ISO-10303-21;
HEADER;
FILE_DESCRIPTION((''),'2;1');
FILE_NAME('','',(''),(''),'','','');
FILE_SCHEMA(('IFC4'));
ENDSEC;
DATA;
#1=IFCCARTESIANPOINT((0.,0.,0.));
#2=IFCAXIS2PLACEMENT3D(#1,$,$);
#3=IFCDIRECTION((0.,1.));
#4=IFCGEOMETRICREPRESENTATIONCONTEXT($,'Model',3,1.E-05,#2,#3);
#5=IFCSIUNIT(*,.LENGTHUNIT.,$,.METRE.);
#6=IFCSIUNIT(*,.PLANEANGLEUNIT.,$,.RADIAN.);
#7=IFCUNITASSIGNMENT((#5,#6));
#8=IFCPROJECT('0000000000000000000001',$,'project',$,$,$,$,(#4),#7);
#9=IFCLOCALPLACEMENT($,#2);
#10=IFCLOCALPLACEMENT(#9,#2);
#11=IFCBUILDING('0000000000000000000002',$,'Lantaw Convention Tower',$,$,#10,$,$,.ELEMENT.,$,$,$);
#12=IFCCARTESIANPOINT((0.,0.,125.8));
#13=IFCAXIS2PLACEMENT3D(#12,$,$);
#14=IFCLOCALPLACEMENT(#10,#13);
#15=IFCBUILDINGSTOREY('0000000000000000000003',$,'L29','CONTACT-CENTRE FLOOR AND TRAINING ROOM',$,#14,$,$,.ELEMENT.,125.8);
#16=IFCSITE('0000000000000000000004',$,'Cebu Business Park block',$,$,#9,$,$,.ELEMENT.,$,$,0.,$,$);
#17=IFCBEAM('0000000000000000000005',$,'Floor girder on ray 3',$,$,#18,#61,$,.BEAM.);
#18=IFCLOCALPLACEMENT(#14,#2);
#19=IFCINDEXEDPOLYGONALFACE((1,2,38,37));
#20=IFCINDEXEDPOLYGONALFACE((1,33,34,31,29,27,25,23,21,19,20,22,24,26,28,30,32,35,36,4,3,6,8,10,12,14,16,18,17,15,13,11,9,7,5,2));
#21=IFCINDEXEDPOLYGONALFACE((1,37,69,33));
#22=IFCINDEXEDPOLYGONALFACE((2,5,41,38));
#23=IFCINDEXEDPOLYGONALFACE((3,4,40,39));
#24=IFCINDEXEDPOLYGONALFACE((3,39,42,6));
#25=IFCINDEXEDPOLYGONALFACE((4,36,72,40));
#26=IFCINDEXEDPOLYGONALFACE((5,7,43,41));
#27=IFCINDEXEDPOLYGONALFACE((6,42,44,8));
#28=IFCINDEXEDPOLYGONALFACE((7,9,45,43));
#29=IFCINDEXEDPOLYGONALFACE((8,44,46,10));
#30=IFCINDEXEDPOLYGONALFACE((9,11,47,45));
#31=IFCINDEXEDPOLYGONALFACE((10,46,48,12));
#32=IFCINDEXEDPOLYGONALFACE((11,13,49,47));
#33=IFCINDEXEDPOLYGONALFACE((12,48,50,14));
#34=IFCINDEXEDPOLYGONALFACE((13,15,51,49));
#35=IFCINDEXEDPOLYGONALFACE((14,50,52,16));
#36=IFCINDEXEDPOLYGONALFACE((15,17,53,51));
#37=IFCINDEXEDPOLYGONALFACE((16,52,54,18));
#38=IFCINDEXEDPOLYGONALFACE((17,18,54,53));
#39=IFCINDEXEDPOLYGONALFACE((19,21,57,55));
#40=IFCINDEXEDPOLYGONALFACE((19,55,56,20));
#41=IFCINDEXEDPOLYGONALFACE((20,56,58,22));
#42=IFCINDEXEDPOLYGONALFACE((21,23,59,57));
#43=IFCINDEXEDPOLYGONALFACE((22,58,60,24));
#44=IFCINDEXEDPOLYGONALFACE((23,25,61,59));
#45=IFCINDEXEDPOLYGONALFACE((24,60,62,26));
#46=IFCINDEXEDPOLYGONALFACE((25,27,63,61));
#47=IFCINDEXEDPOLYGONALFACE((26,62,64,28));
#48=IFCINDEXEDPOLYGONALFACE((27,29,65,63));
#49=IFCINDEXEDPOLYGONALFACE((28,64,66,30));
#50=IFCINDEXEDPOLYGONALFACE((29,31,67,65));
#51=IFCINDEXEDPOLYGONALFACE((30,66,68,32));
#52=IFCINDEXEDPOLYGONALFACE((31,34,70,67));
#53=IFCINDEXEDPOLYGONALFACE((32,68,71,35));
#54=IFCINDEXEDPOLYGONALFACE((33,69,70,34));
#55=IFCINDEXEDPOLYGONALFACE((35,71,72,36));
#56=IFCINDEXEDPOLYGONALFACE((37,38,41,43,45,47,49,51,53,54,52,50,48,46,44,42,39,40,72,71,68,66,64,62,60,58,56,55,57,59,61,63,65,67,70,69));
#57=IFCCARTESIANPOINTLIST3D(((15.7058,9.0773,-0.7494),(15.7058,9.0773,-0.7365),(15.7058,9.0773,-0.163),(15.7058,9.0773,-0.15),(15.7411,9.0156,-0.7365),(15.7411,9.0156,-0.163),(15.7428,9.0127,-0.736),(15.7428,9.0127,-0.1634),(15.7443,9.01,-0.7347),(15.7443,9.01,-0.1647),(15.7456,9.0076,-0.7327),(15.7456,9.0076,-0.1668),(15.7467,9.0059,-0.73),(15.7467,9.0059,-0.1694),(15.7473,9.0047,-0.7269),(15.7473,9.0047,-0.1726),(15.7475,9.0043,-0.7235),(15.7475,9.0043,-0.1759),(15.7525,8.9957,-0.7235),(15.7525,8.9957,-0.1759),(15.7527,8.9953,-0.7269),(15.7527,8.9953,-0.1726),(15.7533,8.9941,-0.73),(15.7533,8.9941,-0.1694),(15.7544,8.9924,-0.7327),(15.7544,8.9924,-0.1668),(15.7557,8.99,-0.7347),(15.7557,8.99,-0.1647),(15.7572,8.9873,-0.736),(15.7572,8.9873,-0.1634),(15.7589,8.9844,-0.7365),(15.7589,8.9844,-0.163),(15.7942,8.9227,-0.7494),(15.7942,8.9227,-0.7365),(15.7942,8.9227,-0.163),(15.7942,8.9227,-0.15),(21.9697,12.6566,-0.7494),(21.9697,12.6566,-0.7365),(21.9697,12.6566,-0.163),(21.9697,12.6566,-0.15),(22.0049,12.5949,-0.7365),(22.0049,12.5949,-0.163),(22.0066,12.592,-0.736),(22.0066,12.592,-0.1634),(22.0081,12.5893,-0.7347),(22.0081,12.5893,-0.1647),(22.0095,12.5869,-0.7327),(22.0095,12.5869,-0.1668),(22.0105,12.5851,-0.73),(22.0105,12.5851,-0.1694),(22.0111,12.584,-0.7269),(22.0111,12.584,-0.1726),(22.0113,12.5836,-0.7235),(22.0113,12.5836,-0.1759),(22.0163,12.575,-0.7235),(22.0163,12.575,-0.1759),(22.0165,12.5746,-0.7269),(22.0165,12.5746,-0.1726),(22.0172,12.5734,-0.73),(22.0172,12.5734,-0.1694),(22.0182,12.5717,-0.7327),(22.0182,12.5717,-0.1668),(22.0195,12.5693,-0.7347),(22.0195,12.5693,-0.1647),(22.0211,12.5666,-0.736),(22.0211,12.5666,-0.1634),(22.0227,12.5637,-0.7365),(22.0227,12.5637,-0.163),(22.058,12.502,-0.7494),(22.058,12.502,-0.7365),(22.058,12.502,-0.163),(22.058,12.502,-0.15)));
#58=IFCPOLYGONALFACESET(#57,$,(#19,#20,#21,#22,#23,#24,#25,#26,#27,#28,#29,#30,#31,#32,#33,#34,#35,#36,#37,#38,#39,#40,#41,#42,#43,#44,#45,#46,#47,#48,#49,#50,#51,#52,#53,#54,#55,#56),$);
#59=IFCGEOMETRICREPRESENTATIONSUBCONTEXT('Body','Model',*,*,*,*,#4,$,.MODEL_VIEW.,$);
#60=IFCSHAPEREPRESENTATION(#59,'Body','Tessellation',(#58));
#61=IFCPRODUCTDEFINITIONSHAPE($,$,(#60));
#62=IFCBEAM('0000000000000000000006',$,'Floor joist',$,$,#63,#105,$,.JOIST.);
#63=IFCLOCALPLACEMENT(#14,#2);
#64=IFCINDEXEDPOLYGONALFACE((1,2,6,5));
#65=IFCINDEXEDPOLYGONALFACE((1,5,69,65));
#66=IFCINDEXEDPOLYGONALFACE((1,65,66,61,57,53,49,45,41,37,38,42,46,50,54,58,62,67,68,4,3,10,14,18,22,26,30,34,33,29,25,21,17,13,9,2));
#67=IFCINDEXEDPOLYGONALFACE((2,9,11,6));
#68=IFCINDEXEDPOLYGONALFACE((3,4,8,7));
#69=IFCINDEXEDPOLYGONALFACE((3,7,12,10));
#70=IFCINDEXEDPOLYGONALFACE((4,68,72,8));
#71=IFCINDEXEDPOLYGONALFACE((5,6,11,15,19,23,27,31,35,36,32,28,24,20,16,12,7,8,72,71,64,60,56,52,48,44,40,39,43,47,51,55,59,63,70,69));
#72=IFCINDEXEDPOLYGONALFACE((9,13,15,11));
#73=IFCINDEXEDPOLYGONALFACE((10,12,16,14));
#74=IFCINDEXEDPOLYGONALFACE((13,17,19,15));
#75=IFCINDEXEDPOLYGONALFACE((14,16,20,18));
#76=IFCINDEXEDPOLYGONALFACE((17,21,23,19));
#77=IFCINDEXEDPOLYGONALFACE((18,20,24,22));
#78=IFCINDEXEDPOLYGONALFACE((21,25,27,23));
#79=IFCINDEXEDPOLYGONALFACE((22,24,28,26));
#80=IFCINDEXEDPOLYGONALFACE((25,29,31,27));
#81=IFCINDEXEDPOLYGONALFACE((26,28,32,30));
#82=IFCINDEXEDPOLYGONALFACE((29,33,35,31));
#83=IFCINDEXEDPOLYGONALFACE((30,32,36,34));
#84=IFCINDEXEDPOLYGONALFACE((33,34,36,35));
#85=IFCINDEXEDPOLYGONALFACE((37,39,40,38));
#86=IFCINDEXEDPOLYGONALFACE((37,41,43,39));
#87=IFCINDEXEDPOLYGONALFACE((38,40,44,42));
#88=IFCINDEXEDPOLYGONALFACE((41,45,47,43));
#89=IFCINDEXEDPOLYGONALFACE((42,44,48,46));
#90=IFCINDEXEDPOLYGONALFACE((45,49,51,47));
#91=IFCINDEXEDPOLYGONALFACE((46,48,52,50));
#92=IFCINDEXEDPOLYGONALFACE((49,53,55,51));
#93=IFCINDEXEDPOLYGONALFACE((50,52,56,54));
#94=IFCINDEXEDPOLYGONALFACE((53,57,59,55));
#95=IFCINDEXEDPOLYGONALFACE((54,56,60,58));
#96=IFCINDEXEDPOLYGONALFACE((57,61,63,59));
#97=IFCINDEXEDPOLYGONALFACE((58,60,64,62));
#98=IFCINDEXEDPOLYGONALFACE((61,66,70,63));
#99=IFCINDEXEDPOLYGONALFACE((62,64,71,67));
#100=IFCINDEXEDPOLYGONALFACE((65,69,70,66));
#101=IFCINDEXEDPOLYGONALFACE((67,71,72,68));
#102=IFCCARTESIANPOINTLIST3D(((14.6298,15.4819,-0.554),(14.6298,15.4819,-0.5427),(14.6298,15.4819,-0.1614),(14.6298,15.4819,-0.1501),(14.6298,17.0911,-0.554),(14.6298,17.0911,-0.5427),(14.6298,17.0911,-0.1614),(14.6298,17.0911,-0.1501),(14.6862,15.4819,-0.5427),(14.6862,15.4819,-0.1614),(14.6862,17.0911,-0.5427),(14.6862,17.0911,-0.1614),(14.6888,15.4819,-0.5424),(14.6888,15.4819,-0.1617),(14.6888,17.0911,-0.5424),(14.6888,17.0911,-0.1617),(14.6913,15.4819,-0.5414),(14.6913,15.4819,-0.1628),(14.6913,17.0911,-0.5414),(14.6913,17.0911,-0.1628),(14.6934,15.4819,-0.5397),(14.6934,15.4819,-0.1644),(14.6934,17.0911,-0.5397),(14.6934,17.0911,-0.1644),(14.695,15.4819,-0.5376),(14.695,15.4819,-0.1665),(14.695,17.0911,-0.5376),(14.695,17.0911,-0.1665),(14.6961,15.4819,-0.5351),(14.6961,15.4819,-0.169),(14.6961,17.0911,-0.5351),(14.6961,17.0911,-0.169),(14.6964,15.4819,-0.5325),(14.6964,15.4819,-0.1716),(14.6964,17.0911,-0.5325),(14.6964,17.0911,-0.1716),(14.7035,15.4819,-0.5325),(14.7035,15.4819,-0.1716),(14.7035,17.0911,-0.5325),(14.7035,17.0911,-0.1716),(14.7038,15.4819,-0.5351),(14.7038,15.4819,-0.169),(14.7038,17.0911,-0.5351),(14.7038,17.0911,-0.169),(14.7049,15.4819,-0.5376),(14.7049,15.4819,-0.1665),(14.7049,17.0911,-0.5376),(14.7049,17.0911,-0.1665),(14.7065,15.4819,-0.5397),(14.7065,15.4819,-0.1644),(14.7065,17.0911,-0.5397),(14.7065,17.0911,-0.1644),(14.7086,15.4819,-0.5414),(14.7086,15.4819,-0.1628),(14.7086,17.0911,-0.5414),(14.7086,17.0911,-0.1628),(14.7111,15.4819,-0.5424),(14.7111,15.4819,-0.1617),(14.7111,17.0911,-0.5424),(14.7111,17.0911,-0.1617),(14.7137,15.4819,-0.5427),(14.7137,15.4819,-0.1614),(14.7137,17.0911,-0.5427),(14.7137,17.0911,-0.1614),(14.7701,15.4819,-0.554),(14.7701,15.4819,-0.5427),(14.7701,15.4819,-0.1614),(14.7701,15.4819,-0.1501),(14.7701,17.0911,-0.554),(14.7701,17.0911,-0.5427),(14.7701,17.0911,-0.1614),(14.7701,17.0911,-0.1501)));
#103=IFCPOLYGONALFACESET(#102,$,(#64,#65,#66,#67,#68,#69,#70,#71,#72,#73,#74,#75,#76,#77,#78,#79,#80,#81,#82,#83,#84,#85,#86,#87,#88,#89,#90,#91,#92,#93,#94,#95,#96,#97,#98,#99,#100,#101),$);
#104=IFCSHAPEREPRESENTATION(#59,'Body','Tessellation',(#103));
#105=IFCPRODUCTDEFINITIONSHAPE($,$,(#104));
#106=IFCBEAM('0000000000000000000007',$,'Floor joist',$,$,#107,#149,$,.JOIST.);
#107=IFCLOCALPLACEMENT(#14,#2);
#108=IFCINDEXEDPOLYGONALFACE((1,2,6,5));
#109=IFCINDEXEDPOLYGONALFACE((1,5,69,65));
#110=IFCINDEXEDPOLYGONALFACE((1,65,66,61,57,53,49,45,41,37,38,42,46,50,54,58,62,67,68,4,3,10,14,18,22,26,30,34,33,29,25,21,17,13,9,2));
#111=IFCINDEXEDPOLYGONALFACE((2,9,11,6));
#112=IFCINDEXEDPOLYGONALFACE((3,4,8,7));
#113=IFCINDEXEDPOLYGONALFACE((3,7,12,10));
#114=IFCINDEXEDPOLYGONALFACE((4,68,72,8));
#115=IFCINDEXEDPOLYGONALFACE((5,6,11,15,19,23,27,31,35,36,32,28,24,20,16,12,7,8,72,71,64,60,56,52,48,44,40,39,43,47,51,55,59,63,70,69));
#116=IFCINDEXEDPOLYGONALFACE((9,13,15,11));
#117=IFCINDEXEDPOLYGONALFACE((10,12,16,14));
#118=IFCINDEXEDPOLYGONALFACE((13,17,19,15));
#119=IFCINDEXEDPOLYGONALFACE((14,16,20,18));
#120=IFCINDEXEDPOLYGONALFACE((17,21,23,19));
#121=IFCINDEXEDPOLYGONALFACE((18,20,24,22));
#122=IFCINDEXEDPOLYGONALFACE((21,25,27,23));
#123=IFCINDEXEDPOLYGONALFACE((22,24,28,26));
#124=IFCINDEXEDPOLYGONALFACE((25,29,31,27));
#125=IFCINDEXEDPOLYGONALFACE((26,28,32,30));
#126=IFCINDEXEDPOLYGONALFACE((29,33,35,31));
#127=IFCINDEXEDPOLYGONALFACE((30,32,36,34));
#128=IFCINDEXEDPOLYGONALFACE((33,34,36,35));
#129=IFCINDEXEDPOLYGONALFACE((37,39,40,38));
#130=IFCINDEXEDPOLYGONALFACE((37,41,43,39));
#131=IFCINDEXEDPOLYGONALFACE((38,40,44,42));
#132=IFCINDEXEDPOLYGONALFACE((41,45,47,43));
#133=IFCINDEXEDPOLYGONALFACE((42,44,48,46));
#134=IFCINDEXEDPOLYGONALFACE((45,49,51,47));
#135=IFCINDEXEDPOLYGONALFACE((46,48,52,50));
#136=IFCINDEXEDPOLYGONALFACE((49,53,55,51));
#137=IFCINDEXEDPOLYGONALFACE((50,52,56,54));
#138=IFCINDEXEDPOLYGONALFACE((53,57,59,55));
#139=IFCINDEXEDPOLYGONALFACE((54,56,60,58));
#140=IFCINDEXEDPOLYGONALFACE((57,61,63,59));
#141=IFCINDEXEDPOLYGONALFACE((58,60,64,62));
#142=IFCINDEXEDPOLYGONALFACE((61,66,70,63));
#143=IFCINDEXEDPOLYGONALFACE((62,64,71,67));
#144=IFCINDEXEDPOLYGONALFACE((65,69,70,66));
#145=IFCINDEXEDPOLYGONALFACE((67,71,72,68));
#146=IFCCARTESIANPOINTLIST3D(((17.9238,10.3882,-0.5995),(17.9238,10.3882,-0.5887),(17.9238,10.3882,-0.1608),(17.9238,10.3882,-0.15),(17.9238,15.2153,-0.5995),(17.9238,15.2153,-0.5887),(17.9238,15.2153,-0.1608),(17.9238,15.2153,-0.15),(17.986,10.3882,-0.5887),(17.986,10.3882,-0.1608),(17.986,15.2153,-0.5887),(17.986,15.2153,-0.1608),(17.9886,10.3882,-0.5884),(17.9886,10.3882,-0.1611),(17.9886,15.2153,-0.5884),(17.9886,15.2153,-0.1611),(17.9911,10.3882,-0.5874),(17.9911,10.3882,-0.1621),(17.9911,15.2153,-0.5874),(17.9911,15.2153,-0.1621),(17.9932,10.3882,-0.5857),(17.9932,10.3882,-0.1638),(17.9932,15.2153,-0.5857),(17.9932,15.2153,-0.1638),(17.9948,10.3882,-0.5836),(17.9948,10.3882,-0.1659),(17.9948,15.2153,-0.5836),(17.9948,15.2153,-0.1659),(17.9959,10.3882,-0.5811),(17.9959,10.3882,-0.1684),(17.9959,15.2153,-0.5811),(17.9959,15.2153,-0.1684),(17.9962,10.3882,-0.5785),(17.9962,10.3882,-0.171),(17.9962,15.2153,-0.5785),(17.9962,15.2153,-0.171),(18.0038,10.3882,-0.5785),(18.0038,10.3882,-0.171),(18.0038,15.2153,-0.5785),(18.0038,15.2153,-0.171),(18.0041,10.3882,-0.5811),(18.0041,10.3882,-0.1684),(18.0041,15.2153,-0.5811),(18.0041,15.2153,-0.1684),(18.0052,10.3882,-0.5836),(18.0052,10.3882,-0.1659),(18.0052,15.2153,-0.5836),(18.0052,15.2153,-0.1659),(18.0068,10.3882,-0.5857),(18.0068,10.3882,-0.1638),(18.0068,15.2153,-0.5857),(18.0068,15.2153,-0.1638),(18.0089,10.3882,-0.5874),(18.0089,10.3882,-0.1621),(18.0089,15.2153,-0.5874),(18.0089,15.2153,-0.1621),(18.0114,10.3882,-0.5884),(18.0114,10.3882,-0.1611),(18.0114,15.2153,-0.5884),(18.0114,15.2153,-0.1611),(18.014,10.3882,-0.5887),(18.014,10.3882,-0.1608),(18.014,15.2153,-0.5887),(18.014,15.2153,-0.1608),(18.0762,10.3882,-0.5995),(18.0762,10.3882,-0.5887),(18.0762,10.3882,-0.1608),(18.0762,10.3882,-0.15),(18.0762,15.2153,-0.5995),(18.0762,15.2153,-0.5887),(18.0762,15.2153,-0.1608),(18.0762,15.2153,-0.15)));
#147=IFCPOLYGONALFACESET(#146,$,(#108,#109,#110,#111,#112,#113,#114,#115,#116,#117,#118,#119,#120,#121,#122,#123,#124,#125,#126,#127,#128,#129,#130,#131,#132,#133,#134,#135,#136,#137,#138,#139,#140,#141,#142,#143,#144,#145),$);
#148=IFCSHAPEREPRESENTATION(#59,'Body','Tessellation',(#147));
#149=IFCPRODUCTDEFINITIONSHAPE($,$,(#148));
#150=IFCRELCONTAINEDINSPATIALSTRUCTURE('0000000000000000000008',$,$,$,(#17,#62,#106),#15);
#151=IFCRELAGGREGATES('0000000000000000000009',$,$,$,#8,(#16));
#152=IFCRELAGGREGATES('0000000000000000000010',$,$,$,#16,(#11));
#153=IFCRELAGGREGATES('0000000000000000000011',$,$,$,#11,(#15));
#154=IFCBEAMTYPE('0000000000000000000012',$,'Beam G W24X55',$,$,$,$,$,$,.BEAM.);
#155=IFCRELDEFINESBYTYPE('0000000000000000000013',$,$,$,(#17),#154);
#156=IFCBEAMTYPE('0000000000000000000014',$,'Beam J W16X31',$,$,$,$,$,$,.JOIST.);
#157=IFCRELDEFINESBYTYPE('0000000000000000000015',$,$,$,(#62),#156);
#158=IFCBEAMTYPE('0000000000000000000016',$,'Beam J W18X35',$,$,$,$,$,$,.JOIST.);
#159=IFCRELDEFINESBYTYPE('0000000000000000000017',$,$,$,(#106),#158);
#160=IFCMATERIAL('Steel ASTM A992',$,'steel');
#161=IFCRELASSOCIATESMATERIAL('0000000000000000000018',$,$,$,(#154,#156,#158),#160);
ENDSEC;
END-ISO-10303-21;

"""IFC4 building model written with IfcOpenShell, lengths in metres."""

from ifc_helpers import new_model, si_unit, direction, frame, origin, origin_2d, place, context, subcontext, project, spatial, i_section, extrude, material, material_profile, profile_set, type_object, element, save


model = new_model("IFC4")

# Units and contexts
model_context = context("Model", 3, precision=1e-05, world=origin(), true_north=direction((0.0, 1.0)))
body_context = subcontext(model_context, "Body", "Model", "MODEL_VIEW")
ifc_project = project(units=[si_unit("LENGTHUNIT", "METRE"), si_unit("PLANEANGLEUNIT", "RADIAN")], contexts=[model_context])

# Site, building, storey
site_placement = place(None, origin())
site = spatial("IfcSite", under=ifc_project, at=site_placement, Name="Cebu Business Park block", CompositionType="ELEMENT", RefElevation=0.0)
building_placement = place(site_placement, origin())
building = spatial("IfcBuilding", under=site, at=building_placement, Name="Lantaw Convention Tower", CompositionType="ELEMENT")
storey_placement = place(building_placement, frame((0.0, 0.0, 125.8)))
storey = spatial("IfcBuildingStorey", under=building, at=storey_placement, Name="L29", Description="CONTACT-CENTRE FLOOR AND TRAINING ROOM", CompositionType="ELEMENT", Elevation=125.8)

# Beams
ifc_material_1 = material(Name="Steel ASTM A992", Category="steel")
ifc_material_profile_1 = material_profile(ifc_material_1, i_section(OverallWidth=0.178, OverallDepth=0.5994, WebThickness=0.01, FlangeThickness=0.0129, FilletRadius=0.0129, at=origin_2d()), Name="W24X55")
ifc_profile_set_1 = profile_set([ifc_material_profile_1], Name="Steel ASTM A992")
beam_type_1 = type_object("IfcBeamType", Name="Beam G W24X55", PredefinedType="BEAM", material=ifc_profile_set_1)
beam_1_placement = place(storey_placement, frame((15.75, 9.0, -0.4497), z_axis=(0.868245, 0.496135, 0.0), x_axis=(-0.496135, 0.868245, 0.0)))
element("IfcBeam", 1, at=beam_1_placement, inside=storey, type_object=beam_type_1, Name="Floor girder on ray 3", PredefinedType="BEAM", context=body_context, shape_type="SweptSolid", body=[
    extrude(i_section(OverallWidth=0.178, OverallDepth=0.5994, WebThickness=0.01, FlangeThickness=0.0129, FilletRadius=0.0129, at=origin_2d()), origin(), (0.0, 0.0, 1.0), 7.2144),
])
ifc_material_profile_2 = material_profile(ifc_material_1, i_section(OverallWidth=0.1404, OverallDepth=0.4038, WebThickness=0.0071, FlangeThickness=0.0112, FilletRadius=0.0103, at=origin_2d()), Name="W16X31")
ifc_profile_set_2 = profile_set([ifc_material_profile_2], Name="Steel ASTM A992")
beam_type_2 = type_object("IfcBeamType", Name="Beam J W16X31", PredefinedType="JOIST", material=ifc_profile_set_2)
beam_2_placement = place(storey_placement, frame((14.7, 15.4819, -0.3521), z_axis=(0.0, 1.0, 0.0), x_axis=(-1.0, 0.0, 0.0)))
element("IfcBeam", 2, at=beam_2_placement, inside=storey, type_object=beam_type_2, Name="Floor joist", PredefinedType="JOIST", context=body_context, shape_type="SweptSolid", body=[
    extrude(i_section(OverallWidth=0.1404, OverallDepth=0.4038, WebThickness=0.0071, FlangeThickness=0.0112, FilletRadius=0.0103, at=origin_2d()), origin(), (0.0, 0.0, 1.0), 1.6091),
])
ifc_material_profile_3 = material_profile(ifc_material_1, i_section(OverallWidth=0.1523, OverallDepth=0.4495, WebThickness=0.0076, FlangeThickness=0.0107, FilletRadius=0.0103, at=origin_2d()), Name="W18X35")
ifc_profile_set_3 = profile_set([ifc_material_profile_3], Name="Steel ASTM A992")
beam_type_3 = type_object("IfcBeamType", Name="Beam J W18X35", PredefinedType="JOIST", material=ifc_profile_set_3)
beam_3_placement = place(storey_placement, frame((18.0, 10.3882, -0.3748), z_axis=(0.0, 1.0, 0.0), x_axis=(-1.0, 0.0, 0.0)))
element("IfcBeam", 3, at=beam_3_placement, inside=storey, type_object=beam_type_3, Name="Floor joist", PredefinedType="JOIST", context=body_context, shape_type="SweptSolid", body=[
    extrude(i_section(OverallWidth=0.1523, OverallDepth=0.4495, WebThickness=0.0076, FlangeThickness=0.0107, FilletRadius=0.0103, at=origin_2d()), origin(), (0.0, 0.0, 1.0), 4.8271),
])

save(model, "model.ifc")
